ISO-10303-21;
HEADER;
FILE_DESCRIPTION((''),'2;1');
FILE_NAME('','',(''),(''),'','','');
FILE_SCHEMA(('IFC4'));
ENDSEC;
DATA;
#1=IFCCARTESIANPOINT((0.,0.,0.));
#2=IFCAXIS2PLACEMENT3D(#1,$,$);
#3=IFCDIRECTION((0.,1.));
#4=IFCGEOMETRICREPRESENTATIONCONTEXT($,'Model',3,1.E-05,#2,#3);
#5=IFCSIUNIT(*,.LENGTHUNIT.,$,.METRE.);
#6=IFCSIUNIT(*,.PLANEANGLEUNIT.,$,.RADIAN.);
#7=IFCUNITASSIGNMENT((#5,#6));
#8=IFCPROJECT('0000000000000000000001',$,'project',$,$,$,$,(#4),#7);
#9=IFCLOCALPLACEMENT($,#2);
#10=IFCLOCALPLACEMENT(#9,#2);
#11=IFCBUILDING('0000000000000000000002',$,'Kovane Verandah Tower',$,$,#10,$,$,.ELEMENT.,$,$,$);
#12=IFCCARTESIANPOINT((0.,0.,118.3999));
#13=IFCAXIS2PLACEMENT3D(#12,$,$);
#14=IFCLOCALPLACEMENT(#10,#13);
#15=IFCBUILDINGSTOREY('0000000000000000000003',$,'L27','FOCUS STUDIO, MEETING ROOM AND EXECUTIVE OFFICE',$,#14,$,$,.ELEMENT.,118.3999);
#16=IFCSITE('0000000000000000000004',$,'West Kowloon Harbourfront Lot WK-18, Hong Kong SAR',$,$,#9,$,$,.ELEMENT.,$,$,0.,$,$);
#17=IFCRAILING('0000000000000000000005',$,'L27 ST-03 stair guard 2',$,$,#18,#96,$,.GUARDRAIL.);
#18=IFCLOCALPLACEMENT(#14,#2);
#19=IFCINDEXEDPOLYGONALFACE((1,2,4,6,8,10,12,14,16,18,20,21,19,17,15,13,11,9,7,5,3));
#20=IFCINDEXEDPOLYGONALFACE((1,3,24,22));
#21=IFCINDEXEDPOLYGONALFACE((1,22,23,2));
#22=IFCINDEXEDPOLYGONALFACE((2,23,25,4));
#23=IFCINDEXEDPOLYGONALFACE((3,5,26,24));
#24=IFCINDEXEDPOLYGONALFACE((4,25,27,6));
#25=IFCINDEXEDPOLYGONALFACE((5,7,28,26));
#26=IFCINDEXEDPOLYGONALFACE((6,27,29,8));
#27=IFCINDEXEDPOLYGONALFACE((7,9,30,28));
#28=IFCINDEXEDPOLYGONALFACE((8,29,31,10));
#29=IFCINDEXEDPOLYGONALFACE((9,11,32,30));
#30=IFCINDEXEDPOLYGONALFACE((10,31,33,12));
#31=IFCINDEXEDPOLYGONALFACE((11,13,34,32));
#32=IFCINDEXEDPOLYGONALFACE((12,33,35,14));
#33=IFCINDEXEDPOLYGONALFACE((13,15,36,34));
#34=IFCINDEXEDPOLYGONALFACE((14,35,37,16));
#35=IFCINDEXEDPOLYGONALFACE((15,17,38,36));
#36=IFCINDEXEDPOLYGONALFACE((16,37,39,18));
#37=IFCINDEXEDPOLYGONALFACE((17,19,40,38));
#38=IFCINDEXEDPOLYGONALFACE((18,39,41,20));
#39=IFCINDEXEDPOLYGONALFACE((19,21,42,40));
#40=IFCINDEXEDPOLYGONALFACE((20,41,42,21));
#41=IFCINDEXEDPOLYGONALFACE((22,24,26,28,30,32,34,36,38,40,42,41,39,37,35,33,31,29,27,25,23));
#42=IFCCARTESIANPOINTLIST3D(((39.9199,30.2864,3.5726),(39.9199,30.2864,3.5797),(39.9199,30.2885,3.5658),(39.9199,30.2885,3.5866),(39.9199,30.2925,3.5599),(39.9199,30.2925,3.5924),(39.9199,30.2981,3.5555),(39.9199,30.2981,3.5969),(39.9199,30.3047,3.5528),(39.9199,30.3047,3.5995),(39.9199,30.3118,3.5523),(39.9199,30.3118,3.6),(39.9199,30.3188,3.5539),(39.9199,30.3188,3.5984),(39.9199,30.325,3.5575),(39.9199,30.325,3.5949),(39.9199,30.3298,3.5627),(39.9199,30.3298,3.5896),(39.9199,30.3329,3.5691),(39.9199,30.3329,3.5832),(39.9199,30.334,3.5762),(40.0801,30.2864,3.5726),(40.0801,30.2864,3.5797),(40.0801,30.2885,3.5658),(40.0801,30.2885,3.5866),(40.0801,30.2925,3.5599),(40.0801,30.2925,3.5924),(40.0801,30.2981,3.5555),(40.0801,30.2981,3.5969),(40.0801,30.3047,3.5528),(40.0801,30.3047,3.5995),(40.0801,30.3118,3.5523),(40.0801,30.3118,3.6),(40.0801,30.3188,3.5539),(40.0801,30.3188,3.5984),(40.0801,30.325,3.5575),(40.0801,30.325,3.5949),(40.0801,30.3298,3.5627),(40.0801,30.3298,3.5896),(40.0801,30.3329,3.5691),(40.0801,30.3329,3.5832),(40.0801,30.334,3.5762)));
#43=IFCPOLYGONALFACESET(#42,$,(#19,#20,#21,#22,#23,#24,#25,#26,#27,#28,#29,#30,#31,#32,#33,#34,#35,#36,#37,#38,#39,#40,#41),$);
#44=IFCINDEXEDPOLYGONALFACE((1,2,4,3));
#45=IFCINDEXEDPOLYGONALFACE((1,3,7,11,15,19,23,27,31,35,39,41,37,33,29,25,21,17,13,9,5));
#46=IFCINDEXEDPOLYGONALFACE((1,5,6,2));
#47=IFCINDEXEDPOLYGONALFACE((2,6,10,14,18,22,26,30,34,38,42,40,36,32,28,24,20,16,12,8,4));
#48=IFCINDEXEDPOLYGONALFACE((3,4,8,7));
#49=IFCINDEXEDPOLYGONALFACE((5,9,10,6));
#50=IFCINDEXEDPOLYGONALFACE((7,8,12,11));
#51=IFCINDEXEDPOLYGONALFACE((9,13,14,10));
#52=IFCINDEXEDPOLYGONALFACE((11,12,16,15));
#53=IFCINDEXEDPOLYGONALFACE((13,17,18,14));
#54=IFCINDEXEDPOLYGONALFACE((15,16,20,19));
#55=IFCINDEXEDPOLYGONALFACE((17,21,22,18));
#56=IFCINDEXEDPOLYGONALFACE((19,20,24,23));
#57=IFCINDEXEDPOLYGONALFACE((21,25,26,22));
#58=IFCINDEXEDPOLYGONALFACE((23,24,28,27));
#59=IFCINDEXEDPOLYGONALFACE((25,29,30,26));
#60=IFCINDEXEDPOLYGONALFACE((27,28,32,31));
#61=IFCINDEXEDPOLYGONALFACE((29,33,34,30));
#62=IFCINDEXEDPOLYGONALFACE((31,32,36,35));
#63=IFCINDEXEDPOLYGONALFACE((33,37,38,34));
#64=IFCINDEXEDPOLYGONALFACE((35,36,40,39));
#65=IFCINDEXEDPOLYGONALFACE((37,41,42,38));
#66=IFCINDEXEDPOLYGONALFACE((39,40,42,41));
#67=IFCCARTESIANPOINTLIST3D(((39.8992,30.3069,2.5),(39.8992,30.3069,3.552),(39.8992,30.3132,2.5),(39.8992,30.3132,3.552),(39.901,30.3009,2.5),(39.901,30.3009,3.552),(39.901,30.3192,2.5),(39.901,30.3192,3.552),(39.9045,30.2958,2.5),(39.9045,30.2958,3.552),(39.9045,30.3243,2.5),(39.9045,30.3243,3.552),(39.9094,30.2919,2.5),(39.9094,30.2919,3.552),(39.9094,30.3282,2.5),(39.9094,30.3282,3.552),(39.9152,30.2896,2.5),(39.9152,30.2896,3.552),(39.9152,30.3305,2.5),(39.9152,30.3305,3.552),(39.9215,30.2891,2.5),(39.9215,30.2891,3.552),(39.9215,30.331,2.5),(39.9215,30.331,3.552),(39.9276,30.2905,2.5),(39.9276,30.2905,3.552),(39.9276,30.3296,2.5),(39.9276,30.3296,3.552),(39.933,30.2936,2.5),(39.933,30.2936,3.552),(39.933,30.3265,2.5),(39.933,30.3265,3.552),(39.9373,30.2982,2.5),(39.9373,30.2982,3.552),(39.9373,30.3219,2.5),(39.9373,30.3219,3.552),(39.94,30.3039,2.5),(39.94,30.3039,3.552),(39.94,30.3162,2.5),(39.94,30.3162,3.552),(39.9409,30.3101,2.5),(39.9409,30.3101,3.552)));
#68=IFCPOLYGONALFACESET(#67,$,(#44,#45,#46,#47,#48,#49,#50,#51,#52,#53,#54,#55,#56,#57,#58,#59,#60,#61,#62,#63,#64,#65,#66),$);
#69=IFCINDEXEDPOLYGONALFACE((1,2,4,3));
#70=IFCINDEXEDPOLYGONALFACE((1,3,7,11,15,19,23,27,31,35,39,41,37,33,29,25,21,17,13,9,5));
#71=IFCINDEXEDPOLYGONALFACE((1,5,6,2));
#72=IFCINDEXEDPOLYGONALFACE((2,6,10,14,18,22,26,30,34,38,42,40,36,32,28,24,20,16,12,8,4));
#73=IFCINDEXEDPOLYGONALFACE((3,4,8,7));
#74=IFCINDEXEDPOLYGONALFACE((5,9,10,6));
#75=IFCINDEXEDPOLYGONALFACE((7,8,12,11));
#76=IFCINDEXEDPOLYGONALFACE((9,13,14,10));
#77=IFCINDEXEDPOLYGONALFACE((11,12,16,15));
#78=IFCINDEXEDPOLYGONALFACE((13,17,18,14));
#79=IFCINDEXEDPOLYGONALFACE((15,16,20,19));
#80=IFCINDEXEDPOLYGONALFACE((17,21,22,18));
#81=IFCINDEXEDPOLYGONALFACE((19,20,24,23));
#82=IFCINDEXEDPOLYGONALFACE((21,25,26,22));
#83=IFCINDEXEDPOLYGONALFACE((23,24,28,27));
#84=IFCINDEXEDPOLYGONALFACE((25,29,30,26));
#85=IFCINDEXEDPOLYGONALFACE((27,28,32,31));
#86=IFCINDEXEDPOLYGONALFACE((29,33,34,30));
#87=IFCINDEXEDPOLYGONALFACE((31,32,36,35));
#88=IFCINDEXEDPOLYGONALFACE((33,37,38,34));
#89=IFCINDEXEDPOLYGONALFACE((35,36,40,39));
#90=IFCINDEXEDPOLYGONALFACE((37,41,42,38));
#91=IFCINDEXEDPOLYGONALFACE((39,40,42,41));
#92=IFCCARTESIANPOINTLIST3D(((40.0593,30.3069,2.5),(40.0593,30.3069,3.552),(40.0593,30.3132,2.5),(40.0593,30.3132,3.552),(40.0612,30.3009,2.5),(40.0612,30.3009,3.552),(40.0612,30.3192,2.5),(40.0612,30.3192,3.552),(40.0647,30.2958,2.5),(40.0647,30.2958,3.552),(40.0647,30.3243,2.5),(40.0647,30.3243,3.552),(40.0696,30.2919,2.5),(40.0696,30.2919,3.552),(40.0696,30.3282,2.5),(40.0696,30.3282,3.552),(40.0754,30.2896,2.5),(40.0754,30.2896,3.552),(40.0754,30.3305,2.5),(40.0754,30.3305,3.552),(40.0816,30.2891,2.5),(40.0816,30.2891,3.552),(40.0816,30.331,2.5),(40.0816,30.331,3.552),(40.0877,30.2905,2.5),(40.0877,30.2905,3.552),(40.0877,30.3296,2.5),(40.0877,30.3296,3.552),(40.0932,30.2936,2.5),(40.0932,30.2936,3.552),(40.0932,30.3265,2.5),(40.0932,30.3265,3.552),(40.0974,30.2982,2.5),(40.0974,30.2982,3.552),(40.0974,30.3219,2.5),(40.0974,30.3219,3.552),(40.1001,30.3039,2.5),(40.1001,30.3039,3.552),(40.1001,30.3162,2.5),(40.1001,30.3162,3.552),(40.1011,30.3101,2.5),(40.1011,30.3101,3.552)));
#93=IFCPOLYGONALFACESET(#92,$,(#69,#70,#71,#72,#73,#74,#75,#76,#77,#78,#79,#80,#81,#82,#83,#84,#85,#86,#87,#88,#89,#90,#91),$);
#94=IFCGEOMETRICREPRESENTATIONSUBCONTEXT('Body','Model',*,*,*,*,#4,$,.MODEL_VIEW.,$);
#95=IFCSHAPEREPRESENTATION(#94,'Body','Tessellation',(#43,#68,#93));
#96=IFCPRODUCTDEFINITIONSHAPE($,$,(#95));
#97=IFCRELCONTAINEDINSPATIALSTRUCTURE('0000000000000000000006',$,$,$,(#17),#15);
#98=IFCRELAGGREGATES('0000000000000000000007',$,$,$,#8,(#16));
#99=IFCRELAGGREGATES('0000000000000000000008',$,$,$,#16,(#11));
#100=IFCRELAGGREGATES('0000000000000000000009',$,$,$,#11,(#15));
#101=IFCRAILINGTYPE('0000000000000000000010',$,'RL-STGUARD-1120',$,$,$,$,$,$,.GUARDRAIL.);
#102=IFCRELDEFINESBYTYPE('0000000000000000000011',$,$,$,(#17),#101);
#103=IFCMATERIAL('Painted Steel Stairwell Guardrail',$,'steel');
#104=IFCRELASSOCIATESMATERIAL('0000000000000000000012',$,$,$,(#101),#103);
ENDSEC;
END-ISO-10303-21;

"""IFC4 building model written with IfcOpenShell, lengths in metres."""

from ifc_helpers import new_model, si_unit, direction, frame, origin, origin_2d, place, context, subcontext, project, spatial, circle, extrude, material, type_object, element, save


model = new_model("IFC4")

# Units and contexts
model_context = context("Model", 3, precision=1e-05, world=origin(), true_north=direction((0.0, 1.0)))
body_context = subcontext(model_context, "Body", "Model", "MODEL_VIEW")
ifc_project = project(units=[si_unit("LENGTHUNIT", "METRE"), si_unit("PLANEANGLEUNIT", "RADIAN")], contexts=[model_context])

# Site, building, storey
site_placement = place(None, origin())
site = spatial("IfcSite", under=ifc_project, at=site_placement, Name="West Kowloon Harbourfront Lot WK-18, Hong Kong SAR", CompositionType="ELEMENT", RefElevation=0.0)
building_placement = place(site_placement, origin())
building = spatial("IfcBuilding", under=site, at=building_placement, Name="Kovane Verandah Tower", CompositionType="ELEMENT")
storey_placement = place(building_placement, frame((0.0, 0.0, 118.3999)))
storey = spatial("IfcBuildingStorey", under=building, at=storey_placement, Name="L27", Description="FOCUS STUDIO, MEETING ROOM AND EXECUTIVE OFFICE", CompositionType="ELEMENT", Elevation=118.3999)

# Railing
ifc_material_1 = material(Name="Painted Steel Stairwell Guardrail", Category="steel")
railing_type_1 = type_object("IfcRailingType", Name="RL-STGUARD-1120", PredefinedType="GUARDRAIL", material=ifc_material_1)
railing_1_placement = place(storey_placement, frame((39.9199, 30.3101, 2.5)))
element("IfcRailing", 1, at=railing_1_placement, inside=storey, type_object=railing_type_1, Name="L27 ST-03 stair guard 2", PredefinedType="GUARDRAIL", context=body_context, shape_type="SweptSolid", body=[
    extrude(circle(Radius=0.0239, at=origin_2d()), frame((0.0, 0.0, 1.0762), z_axis=(1.0, 0.0, 0.0), x_axis=(0.0, 1.0, 0.0)), (0.0, 0.0, 1.0), 0.1602),
    extrude(circle(Radius=0.021, at=origin_2d()), origin(), (0.0, 0.0, 1.0), 1.052),
    extrude(circle(Radius=0.021, at=origin_2d()), frame((0.1602, 0.0, 0.0)), (0.0, 0.0, 1.0), 1.052),
])

save(model, "model.ifc")
